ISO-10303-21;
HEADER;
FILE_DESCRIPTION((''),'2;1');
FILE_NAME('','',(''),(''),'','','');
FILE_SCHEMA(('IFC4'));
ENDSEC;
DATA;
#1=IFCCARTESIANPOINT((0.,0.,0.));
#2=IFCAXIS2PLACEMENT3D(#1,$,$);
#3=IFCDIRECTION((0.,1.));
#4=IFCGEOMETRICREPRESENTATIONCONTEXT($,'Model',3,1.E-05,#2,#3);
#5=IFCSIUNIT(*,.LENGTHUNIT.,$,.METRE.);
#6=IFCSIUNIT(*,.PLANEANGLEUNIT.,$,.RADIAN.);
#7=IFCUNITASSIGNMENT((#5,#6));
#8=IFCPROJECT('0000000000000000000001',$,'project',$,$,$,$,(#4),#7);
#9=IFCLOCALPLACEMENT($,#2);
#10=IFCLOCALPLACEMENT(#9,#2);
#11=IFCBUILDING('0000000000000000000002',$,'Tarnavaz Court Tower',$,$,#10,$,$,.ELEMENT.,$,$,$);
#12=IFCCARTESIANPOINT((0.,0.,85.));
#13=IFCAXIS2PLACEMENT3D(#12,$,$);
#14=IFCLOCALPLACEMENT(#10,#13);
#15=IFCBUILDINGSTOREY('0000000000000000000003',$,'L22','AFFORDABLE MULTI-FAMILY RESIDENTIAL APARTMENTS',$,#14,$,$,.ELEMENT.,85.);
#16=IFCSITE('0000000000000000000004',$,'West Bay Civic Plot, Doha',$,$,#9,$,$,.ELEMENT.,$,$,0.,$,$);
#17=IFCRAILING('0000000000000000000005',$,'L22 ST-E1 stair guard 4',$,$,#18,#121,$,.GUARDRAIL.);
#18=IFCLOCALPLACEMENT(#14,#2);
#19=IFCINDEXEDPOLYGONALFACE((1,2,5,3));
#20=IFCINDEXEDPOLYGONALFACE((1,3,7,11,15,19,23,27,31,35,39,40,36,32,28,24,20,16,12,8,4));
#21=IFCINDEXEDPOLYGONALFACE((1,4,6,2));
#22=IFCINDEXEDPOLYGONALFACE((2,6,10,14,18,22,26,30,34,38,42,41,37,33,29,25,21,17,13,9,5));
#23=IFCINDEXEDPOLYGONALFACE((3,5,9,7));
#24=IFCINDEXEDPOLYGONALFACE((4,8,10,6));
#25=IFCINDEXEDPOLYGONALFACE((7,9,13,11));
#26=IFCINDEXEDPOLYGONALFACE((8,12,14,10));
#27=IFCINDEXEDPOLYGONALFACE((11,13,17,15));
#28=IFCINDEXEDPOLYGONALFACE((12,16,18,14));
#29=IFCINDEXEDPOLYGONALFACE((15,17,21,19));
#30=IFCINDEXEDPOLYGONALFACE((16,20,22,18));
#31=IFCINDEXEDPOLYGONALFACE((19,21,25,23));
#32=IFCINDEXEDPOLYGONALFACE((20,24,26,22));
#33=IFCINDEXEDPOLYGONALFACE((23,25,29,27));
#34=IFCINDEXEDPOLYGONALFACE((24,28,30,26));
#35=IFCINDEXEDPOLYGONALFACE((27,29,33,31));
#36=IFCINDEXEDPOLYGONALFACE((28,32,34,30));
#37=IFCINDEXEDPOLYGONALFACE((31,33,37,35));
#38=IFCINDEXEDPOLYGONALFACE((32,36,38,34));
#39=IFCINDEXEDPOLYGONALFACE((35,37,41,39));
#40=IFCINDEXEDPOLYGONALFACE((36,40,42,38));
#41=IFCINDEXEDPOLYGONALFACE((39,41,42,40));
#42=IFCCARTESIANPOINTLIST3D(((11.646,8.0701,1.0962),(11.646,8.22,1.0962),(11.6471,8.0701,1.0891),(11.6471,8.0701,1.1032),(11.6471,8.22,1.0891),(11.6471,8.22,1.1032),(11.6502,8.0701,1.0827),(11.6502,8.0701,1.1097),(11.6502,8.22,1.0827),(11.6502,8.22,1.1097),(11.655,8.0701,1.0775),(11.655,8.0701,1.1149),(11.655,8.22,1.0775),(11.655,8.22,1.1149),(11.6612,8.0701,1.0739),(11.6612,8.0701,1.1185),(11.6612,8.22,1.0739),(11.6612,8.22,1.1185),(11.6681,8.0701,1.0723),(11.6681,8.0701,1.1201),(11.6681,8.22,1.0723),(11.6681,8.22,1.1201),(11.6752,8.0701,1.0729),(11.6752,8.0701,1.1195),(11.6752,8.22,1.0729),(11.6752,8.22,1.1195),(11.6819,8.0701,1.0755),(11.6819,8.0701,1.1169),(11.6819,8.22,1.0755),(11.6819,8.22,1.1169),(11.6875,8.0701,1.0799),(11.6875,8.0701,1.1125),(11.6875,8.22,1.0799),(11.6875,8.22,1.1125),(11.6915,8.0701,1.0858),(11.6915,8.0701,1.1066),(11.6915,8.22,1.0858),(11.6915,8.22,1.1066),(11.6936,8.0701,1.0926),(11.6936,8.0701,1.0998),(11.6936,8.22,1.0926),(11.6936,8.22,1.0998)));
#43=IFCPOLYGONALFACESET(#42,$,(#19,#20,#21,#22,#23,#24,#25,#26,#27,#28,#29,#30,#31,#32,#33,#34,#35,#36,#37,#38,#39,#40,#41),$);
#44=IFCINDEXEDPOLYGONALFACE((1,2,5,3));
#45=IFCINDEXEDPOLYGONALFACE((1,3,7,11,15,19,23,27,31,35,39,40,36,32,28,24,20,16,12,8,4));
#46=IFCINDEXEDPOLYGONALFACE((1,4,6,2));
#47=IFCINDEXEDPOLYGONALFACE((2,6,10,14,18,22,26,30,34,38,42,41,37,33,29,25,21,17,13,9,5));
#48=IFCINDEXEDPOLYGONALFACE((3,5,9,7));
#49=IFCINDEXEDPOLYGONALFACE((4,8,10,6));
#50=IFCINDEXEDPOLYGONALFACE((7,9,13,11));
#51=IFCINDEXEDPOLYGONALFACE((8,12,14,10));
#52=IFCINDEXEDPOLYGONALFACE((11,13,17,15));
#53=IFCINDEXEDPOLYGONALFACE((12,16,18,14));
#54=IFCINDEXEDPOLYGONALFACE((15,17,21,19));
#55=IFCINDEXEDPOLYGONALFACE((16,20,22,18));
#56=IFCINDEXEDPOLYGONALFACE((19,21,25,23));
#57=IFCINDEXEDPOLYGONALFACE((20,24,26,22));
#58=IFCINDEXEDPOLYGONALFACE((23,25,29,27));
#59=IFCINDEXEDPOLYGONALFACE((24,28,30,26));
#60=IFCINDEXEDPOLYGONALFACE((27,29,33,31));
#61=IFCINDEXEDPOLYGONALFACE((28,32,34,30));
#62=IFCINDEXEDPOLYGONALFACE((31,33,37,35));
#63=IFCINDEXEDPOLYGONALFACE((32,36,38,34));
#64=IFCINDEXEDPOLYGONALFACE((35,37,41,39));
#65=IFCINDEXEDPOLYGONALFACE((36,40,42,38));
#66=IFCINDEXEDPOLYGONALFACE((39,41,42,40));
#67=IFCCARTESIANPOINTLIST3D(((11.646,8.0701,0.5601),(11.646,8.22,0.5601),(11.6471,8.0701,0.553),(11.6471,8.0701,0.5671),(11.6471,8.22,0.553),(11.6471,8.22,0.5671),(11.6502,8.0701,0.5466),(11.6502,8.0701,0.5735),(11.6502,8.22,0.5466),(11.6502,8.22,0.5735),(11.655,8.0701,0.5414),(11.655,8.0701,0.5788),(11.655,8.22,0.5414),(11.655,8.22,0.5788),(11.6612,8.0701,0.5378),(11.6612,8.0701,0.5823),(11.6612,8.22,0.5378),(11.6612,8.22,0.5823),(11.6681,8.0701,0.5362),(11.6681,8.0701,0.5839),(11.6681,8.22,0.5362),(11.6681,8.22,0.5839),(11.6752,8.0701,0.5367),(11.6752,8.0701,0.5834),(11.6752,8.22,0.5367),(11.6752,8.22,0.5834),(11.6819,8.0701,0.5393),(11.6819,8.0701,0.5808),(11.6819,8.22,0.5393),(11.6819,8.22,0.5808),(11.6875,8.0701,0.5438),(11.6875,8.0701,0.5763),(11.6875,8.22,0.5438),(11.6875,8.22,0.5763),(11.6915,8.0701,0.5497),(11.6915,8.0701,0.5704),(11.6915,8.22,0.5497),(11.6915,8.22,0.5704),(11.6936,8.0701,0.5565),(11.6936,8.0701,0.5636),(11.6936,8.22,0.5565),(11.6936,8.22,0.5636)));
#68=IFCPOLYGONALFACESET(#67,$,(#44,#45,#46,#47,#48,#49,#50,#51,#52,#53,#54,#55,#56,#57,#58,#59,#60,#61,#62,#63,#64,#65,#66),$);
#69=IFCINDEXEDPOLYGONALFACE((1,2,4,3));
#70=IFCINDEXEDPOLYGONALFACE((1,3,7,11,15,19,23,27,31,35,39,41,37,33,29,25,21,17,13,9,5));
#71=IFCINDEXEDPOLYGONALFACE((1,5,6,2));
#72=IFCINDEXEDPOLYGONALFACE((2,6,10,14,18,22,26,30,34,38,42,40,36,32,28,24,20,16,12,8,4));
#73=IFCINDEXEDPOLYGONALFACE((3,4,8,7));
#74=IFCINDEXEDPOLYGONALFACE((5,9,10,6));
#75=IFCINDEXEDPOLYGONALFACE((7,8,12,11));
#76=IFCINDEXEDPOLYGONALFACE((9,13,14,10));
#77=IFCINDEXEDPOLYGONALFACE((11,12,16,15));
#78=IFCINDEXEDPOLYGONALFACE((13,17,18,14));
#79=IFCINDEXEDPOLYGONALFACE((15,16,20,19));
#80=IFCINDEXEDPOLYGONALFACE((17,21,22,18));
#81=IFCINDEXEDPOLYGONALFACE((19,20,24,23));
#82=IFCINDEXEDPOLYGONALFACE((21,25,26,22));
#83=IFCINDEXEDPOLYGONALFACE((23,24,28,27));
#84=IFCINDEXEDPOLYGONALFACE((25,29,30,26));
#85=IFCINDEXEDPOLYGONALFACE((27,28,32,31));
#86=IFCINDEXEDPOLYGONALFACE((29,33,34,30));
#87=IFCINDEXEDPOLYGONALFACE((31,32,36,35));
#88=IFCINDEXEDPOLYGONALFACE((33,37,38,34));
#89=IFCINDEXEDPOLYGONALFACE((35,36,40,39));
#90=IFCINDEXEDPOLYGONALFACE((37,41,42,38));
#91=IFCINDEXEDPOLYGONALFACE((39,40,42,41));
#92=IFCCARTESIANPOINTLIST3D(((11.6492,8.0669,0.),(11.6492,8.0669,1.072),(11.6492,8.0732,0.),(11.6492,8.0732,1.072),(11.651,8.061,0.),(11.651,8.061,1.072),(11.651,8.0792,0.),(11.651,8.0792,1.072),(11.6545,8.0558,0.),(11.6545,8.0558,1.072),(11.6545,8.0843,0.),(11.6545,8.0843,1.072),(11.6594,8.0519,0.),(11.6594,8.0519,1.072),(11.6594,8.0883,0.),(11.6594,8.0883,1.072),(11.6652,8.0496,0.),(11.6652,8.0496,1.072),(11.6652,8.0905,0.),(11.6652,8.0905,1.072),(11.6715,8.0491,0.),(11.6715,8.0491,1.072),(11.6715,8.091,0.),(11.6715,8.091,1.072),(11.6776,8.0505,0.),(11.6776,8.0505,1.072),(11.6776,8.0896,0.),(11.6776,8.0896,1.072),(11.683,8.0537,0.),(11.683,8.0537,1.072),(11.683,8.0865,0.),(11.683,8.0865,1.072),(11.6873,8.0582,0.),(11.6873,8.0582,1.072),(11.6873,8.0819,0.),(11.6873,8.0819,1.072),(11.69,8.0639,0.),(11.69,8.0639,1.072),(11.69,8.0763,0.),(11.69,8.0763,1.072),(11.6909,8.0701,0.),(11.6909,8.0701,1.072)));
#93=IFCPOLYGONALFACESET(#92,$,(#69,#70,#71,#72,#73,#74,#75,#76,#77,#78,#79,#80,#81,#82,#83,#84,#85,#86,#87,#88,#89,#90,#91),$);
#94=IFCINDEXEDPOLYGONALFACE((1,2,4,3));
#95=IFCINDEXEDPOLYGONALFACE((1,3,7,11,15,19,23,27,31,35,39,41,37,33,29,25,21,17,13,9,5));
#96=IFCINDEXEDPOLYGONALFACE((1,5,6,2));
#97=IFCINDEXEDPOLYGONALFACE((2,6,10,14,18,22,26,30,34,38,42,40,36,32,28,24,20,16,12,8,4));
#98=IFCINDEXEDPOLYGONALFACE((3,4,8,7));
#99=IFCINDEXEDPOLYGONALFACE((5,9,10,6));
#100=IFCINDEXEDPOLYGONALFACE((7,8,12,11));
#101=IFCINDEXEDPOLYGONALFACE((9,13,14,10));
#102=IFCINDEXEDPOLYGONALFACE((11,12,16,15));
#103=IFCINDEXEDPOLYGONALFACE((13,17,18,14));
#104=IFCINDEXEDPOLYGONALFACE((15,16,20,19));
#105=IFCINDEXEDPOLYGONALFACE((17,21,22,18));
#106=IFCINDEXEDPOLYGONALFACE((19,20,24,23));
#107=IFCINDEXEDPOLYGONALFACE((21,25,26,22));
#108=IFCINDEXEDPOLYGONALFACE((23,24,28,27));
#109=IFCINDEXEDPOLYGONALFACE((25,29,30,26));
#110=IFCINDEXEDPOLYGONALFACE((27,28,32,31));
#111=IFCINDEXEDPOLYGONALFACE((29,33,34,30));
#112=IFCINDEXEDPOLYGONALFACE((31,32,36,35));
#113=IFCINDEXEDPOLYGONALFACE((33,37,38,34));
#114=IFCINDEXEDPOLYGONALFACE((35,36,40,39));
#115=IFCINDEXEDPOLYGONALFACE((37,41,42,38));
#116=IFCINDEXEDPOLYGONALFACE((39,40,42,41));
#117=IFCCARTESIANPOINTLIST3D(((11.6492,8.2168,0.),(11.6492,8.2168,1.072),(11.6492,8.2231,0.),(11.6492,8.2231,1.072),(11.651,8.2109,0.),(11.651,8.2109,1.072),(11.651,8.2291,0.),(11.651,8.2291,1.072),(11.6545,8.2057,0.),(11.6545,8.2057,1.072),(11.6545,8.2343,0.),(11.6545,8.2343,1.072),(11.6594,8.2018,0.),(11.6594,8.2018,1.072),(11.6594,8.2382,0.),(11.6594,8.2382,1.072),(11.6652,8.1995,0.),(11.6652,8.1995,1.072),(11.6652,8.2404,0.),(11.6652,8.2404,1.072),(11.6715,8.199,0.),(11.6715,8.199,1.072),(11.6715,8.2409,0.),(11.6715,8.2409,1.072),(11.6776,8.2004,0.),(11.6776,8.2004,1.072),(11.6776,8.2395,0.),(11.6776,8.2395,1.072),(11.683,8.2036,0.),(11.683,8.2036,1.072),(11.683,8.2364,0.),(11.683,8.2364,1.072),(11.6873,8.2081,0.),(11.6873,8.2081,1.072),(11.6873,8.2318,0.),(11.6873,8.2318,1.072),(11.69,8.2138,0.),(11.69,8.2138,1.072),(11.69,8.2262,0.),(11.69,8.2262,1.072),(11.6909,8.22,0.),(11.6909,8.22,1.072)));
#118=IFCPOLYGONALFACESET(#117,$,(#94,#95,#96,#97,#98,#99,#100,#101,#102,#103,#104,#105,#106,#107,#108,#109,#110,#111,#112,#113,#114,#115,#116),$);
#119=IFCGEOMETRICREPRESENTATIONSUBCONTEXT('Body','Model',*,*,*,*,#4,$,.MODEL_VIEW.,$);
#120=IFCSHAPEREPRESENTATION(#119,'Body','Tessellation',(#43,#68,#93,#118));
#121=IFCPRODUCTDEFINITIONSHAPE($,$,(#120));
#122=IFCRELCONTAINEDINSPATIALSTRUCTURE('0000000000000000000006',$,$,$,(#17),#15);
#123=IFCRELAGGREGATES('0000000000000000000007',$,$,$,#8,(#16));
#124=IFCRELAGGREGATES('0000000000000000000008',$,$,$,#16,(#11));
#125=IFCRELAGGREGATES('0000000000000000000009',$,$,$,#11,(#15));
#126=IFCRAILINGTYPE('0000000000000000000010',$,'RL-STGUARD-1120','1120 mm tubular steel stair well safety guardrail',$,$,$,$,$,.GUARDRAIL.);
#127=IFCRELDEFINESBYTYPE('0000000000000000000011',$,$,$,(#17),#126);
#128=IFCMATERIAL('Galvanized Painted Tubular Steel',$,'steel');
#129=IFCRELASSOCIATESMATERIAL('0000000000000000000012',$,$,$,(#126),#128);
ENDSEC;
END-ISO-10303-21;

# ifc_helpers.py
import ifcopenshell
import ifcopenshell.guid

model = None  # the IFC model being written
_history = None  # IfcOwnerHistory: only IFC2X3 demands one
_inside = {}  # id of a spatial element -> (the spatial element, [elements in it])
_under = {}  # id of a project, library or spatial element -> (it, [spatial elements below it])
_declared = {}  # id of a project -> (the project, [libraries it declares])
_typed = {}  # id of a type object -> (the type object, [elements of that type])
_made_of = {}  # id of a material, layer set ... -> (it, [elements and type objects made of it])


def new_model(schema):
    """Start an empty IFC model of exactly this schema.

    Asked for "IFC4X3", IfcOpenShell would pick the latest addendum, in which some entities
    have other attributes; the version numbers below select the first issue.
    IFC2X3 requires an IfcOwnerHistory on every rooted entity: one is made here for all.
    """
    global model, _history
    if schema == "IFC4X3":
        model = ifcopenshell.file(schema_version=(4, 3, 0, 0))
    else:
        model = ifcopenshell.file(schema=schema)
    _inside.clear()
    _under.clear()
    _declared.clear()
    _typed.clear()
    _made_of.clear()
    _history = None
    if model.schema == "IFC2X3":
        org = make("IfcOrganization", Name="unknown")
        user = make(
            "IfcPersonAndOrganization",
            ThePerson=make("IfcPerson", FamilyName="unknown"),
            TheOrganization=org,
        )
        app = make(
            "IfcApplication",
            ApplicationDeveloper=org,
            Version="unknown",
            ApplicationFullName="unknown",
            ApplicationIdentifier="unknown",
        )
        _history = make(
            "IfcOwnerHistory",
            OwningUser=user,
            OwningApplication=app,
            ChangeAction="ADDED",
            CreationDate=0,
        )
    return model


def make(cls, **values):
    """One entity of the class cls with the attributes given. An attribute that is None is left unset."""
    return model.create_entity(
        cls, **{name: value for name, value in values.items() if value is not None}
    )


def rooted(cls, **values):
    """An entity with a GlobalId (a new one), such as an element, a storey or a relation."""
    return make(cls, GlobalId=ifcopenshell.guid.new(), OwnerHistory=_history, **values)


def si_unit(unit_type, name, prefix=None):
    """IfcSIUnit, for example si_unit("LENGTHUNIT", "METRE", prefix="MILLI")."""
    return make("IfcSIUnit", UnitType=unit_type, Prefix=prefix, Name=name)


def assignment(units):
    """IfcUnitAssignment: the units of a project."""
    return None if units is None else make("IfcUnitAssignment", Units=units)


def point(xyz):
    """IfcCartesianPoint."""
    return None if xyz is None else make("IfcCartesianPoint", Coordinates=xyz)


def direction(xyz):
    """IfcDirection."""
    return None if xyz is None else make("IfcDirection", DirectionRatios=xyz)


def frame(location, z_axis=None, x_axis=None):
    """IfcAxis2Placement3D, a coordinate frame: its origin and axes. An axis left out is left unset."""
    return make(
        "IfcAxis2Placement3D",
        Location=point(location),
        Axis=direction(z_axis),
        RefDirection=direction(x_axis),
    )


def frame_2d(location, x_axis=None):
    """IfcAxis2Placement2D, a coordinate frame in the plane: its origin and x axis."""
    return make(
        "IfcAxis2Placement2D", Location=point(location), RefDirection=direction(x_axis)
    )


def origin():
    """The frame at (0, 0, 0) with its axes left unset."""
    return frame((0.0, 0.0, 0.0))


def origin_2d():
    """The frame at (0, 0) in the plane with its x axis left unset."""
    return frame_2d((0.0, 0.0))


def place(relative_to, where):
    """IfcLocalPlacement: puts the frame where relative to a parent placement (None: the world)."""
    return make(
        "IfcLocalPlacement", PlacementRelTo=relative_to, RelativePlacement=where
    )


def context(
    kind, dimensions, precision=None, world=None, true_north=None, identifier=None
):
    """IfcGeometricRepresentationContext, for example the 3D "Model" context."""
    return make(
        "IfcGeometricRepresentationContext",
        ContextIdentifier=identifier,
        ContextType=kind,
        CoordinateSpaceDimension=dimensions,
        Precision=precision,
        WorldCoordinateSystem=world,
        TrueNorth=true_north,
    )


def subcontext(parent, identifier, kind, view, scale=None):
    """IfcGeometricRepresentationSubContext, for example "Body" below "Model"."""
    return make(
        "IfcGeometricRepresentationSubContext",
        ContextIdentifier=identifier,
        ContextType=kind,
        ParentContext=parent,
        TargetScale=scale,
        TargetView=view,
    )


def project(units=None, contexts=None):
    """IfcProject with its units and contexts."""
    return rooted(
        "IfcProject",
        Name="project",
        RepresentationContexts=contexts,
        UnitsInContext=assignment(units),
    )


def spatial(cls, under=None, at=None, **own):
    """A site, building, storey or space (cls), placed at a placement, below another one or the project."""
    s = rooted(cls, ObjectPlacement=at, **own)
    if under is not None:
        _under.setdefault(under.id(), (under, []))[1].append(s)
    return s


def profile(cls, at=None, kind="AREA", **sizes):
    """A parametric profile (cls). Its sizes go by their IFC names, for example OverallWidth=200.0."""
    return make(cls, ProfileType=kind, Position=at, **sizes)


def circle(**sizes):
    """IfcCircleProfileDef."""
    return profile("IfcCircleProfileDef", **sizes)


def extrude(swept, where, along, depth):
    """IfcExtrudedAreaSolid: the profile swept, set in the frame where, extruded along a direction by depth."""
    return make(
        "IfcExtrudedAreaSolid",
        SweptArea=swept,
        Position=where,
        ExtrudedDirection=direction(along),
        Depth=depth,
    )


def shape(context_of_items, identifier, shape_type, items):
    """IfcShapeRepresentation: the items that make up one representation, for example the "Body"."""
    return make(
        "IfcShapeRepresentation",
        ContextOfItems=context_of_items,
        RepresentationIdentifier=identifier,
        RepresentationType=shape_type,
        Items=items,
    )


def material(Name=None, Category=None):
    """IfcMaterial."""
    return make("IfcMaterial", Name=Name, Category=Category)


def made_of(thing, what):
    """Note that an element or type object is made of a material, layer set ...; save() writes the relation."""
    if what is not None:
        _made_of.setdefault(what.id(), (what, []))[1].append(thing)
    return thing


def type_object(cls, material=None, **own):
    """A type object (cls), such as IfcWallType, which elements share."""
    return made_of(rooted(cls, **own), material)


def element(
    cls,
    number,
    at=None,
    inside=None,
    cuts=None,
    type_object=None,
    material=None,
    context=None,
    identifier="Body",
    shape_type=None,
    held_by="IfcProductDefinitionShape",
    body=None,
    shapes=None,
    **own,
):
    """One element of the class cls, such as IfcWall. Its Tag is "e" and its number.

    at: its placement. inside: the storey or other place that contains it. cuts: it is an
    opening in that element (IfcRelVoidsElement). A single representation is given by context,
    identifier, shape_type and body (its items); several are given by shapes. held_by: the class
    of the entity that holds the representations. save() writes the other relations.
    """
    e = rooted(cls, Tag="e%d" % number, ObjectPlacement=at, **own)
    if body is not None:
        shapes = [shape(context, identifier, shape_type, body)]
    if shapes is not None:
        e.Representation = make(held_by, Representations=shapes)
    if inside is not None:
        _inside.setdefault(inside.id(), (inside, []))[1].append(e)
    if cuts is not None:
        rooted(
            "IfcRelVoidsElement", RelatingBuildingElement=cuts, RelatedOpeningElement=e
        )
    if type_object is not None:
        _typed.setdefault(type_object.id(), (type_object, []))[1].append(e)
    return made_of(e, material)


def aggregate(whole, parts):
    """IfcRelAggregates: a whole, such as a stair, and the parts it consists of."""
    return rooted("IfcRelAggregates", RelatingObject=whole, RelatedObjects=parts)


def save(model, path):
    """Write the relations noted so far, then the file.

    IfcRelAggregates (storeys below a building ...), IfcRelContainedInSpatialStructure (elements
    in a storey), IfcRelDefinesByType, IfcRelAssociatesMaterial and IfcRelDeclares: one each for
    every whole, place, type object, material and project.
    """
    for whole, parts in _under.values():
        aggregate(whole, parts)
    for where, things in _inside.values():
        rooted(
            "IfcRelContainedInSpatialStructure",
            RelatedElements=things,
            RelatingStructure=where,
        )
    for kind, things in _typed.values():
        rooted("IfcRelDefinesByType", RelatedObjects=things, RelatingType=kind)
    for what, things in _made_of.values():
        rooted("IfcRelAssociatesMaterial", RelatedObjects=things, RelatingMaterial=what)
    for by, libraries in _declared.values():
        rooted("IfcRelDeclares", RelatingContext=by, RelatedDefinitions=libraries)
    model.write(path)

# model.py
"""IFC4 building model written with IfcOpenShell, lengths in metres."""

from ifc_helpers import new_model, si_unit, direction, frame, origin, origin_2d, place, context, subcontext, project, spatial, circle, extrude, material, type_object, element, save


model = new_model("IFC4")

# Units and contexts
model_context = context("Model", 3, precision=1e-05, world=origin(), true_north=direction((0.0, 1.0)))
body_context = subcontext(model_context, "Body", "Model", "MODEL_VIEW")
ifc_project = project(units=[si_unit("LENGTHUNIT", "METRE"), si_unit("PLANEANGLEUNIT", "RADIAN")], contexts=[model_context])

# Site, building, storey
site_placement = place(None, origin())
site = spatial("IfcSite", under=ifc_project, at=site_placement, Name="West Bay Civic Plot, Doha", CompositionType="ELEMENT", RefElevation=0.0)
building_placement = place(site_placement, origin())
building = spatial("IfcBuilding", under=site, at=building_placement, Name="Tarnavaz Court Tower", CompositionType="ELEMENT")
storey_placement = place(building_placement, frame((0.0, 0.0, 85.0)))
storey = spatial("IfcBuildingStorey", under=building, at=storey_placement, Name="L22", Description="AFFORDABLE MULTI-FAMILY RESIDENTIAL APARTMENTS", CompositionType="ELEMENT", Elevation=85.0)

# Railing
ifc_material_1 = material(Name="Galvanized Painted Tubular Steel", Category="steel")
railing_type_1 = type_object("IfcRailingType", Name="RL-STGUARD-1120", Description="1120 mm tubular steel stair well safety guardrail", PredefinedType="GUARDRAIL", material=ifc_material_1)
railing_1_placement = place(storey_placement, frame((11.6699, 8.0701, 0.0)))
element("IfcRailing", 1, at=railing_1_placement, inside=storey, type_object=railing_type_1, Name="L22 ST-E1 stair guard 4", PredefinedType="GUARDRAIL", context=body_context, shape_type="SweptSolid", body=[
    extrude(circle(Radius=0.0239, at=origin_2d()), frame((0.0, 0.0, 1.0962), z_axis=(0.0, 1.0, 0.0), x_axis=(-1.0, 0.0, 0.0)), (0.0, 0.0, 1.0), 0.1499),
    extrude(circle(Radius=0.0239, at=origin_2d()), frame((0.0, 0.0, 0.5601), z_axis=(0.0, 1.0, 0.0), x_axis=(-1.0, 0.0, 0.0)), (0.0, 0.0, 1.0), 0.1499),
    extrude(circle(Radius=0.021, at=origin_2d()), origin(), (0.0, 0.0, 1.0), 1.072),
    extrude(circle(Radius=0.021, at=origin_2d()), frame((0.0, 0.1499, 0.0)), (0.0, 0.0, 1.0), 1.072),
])

save(model, "model.ifc")
